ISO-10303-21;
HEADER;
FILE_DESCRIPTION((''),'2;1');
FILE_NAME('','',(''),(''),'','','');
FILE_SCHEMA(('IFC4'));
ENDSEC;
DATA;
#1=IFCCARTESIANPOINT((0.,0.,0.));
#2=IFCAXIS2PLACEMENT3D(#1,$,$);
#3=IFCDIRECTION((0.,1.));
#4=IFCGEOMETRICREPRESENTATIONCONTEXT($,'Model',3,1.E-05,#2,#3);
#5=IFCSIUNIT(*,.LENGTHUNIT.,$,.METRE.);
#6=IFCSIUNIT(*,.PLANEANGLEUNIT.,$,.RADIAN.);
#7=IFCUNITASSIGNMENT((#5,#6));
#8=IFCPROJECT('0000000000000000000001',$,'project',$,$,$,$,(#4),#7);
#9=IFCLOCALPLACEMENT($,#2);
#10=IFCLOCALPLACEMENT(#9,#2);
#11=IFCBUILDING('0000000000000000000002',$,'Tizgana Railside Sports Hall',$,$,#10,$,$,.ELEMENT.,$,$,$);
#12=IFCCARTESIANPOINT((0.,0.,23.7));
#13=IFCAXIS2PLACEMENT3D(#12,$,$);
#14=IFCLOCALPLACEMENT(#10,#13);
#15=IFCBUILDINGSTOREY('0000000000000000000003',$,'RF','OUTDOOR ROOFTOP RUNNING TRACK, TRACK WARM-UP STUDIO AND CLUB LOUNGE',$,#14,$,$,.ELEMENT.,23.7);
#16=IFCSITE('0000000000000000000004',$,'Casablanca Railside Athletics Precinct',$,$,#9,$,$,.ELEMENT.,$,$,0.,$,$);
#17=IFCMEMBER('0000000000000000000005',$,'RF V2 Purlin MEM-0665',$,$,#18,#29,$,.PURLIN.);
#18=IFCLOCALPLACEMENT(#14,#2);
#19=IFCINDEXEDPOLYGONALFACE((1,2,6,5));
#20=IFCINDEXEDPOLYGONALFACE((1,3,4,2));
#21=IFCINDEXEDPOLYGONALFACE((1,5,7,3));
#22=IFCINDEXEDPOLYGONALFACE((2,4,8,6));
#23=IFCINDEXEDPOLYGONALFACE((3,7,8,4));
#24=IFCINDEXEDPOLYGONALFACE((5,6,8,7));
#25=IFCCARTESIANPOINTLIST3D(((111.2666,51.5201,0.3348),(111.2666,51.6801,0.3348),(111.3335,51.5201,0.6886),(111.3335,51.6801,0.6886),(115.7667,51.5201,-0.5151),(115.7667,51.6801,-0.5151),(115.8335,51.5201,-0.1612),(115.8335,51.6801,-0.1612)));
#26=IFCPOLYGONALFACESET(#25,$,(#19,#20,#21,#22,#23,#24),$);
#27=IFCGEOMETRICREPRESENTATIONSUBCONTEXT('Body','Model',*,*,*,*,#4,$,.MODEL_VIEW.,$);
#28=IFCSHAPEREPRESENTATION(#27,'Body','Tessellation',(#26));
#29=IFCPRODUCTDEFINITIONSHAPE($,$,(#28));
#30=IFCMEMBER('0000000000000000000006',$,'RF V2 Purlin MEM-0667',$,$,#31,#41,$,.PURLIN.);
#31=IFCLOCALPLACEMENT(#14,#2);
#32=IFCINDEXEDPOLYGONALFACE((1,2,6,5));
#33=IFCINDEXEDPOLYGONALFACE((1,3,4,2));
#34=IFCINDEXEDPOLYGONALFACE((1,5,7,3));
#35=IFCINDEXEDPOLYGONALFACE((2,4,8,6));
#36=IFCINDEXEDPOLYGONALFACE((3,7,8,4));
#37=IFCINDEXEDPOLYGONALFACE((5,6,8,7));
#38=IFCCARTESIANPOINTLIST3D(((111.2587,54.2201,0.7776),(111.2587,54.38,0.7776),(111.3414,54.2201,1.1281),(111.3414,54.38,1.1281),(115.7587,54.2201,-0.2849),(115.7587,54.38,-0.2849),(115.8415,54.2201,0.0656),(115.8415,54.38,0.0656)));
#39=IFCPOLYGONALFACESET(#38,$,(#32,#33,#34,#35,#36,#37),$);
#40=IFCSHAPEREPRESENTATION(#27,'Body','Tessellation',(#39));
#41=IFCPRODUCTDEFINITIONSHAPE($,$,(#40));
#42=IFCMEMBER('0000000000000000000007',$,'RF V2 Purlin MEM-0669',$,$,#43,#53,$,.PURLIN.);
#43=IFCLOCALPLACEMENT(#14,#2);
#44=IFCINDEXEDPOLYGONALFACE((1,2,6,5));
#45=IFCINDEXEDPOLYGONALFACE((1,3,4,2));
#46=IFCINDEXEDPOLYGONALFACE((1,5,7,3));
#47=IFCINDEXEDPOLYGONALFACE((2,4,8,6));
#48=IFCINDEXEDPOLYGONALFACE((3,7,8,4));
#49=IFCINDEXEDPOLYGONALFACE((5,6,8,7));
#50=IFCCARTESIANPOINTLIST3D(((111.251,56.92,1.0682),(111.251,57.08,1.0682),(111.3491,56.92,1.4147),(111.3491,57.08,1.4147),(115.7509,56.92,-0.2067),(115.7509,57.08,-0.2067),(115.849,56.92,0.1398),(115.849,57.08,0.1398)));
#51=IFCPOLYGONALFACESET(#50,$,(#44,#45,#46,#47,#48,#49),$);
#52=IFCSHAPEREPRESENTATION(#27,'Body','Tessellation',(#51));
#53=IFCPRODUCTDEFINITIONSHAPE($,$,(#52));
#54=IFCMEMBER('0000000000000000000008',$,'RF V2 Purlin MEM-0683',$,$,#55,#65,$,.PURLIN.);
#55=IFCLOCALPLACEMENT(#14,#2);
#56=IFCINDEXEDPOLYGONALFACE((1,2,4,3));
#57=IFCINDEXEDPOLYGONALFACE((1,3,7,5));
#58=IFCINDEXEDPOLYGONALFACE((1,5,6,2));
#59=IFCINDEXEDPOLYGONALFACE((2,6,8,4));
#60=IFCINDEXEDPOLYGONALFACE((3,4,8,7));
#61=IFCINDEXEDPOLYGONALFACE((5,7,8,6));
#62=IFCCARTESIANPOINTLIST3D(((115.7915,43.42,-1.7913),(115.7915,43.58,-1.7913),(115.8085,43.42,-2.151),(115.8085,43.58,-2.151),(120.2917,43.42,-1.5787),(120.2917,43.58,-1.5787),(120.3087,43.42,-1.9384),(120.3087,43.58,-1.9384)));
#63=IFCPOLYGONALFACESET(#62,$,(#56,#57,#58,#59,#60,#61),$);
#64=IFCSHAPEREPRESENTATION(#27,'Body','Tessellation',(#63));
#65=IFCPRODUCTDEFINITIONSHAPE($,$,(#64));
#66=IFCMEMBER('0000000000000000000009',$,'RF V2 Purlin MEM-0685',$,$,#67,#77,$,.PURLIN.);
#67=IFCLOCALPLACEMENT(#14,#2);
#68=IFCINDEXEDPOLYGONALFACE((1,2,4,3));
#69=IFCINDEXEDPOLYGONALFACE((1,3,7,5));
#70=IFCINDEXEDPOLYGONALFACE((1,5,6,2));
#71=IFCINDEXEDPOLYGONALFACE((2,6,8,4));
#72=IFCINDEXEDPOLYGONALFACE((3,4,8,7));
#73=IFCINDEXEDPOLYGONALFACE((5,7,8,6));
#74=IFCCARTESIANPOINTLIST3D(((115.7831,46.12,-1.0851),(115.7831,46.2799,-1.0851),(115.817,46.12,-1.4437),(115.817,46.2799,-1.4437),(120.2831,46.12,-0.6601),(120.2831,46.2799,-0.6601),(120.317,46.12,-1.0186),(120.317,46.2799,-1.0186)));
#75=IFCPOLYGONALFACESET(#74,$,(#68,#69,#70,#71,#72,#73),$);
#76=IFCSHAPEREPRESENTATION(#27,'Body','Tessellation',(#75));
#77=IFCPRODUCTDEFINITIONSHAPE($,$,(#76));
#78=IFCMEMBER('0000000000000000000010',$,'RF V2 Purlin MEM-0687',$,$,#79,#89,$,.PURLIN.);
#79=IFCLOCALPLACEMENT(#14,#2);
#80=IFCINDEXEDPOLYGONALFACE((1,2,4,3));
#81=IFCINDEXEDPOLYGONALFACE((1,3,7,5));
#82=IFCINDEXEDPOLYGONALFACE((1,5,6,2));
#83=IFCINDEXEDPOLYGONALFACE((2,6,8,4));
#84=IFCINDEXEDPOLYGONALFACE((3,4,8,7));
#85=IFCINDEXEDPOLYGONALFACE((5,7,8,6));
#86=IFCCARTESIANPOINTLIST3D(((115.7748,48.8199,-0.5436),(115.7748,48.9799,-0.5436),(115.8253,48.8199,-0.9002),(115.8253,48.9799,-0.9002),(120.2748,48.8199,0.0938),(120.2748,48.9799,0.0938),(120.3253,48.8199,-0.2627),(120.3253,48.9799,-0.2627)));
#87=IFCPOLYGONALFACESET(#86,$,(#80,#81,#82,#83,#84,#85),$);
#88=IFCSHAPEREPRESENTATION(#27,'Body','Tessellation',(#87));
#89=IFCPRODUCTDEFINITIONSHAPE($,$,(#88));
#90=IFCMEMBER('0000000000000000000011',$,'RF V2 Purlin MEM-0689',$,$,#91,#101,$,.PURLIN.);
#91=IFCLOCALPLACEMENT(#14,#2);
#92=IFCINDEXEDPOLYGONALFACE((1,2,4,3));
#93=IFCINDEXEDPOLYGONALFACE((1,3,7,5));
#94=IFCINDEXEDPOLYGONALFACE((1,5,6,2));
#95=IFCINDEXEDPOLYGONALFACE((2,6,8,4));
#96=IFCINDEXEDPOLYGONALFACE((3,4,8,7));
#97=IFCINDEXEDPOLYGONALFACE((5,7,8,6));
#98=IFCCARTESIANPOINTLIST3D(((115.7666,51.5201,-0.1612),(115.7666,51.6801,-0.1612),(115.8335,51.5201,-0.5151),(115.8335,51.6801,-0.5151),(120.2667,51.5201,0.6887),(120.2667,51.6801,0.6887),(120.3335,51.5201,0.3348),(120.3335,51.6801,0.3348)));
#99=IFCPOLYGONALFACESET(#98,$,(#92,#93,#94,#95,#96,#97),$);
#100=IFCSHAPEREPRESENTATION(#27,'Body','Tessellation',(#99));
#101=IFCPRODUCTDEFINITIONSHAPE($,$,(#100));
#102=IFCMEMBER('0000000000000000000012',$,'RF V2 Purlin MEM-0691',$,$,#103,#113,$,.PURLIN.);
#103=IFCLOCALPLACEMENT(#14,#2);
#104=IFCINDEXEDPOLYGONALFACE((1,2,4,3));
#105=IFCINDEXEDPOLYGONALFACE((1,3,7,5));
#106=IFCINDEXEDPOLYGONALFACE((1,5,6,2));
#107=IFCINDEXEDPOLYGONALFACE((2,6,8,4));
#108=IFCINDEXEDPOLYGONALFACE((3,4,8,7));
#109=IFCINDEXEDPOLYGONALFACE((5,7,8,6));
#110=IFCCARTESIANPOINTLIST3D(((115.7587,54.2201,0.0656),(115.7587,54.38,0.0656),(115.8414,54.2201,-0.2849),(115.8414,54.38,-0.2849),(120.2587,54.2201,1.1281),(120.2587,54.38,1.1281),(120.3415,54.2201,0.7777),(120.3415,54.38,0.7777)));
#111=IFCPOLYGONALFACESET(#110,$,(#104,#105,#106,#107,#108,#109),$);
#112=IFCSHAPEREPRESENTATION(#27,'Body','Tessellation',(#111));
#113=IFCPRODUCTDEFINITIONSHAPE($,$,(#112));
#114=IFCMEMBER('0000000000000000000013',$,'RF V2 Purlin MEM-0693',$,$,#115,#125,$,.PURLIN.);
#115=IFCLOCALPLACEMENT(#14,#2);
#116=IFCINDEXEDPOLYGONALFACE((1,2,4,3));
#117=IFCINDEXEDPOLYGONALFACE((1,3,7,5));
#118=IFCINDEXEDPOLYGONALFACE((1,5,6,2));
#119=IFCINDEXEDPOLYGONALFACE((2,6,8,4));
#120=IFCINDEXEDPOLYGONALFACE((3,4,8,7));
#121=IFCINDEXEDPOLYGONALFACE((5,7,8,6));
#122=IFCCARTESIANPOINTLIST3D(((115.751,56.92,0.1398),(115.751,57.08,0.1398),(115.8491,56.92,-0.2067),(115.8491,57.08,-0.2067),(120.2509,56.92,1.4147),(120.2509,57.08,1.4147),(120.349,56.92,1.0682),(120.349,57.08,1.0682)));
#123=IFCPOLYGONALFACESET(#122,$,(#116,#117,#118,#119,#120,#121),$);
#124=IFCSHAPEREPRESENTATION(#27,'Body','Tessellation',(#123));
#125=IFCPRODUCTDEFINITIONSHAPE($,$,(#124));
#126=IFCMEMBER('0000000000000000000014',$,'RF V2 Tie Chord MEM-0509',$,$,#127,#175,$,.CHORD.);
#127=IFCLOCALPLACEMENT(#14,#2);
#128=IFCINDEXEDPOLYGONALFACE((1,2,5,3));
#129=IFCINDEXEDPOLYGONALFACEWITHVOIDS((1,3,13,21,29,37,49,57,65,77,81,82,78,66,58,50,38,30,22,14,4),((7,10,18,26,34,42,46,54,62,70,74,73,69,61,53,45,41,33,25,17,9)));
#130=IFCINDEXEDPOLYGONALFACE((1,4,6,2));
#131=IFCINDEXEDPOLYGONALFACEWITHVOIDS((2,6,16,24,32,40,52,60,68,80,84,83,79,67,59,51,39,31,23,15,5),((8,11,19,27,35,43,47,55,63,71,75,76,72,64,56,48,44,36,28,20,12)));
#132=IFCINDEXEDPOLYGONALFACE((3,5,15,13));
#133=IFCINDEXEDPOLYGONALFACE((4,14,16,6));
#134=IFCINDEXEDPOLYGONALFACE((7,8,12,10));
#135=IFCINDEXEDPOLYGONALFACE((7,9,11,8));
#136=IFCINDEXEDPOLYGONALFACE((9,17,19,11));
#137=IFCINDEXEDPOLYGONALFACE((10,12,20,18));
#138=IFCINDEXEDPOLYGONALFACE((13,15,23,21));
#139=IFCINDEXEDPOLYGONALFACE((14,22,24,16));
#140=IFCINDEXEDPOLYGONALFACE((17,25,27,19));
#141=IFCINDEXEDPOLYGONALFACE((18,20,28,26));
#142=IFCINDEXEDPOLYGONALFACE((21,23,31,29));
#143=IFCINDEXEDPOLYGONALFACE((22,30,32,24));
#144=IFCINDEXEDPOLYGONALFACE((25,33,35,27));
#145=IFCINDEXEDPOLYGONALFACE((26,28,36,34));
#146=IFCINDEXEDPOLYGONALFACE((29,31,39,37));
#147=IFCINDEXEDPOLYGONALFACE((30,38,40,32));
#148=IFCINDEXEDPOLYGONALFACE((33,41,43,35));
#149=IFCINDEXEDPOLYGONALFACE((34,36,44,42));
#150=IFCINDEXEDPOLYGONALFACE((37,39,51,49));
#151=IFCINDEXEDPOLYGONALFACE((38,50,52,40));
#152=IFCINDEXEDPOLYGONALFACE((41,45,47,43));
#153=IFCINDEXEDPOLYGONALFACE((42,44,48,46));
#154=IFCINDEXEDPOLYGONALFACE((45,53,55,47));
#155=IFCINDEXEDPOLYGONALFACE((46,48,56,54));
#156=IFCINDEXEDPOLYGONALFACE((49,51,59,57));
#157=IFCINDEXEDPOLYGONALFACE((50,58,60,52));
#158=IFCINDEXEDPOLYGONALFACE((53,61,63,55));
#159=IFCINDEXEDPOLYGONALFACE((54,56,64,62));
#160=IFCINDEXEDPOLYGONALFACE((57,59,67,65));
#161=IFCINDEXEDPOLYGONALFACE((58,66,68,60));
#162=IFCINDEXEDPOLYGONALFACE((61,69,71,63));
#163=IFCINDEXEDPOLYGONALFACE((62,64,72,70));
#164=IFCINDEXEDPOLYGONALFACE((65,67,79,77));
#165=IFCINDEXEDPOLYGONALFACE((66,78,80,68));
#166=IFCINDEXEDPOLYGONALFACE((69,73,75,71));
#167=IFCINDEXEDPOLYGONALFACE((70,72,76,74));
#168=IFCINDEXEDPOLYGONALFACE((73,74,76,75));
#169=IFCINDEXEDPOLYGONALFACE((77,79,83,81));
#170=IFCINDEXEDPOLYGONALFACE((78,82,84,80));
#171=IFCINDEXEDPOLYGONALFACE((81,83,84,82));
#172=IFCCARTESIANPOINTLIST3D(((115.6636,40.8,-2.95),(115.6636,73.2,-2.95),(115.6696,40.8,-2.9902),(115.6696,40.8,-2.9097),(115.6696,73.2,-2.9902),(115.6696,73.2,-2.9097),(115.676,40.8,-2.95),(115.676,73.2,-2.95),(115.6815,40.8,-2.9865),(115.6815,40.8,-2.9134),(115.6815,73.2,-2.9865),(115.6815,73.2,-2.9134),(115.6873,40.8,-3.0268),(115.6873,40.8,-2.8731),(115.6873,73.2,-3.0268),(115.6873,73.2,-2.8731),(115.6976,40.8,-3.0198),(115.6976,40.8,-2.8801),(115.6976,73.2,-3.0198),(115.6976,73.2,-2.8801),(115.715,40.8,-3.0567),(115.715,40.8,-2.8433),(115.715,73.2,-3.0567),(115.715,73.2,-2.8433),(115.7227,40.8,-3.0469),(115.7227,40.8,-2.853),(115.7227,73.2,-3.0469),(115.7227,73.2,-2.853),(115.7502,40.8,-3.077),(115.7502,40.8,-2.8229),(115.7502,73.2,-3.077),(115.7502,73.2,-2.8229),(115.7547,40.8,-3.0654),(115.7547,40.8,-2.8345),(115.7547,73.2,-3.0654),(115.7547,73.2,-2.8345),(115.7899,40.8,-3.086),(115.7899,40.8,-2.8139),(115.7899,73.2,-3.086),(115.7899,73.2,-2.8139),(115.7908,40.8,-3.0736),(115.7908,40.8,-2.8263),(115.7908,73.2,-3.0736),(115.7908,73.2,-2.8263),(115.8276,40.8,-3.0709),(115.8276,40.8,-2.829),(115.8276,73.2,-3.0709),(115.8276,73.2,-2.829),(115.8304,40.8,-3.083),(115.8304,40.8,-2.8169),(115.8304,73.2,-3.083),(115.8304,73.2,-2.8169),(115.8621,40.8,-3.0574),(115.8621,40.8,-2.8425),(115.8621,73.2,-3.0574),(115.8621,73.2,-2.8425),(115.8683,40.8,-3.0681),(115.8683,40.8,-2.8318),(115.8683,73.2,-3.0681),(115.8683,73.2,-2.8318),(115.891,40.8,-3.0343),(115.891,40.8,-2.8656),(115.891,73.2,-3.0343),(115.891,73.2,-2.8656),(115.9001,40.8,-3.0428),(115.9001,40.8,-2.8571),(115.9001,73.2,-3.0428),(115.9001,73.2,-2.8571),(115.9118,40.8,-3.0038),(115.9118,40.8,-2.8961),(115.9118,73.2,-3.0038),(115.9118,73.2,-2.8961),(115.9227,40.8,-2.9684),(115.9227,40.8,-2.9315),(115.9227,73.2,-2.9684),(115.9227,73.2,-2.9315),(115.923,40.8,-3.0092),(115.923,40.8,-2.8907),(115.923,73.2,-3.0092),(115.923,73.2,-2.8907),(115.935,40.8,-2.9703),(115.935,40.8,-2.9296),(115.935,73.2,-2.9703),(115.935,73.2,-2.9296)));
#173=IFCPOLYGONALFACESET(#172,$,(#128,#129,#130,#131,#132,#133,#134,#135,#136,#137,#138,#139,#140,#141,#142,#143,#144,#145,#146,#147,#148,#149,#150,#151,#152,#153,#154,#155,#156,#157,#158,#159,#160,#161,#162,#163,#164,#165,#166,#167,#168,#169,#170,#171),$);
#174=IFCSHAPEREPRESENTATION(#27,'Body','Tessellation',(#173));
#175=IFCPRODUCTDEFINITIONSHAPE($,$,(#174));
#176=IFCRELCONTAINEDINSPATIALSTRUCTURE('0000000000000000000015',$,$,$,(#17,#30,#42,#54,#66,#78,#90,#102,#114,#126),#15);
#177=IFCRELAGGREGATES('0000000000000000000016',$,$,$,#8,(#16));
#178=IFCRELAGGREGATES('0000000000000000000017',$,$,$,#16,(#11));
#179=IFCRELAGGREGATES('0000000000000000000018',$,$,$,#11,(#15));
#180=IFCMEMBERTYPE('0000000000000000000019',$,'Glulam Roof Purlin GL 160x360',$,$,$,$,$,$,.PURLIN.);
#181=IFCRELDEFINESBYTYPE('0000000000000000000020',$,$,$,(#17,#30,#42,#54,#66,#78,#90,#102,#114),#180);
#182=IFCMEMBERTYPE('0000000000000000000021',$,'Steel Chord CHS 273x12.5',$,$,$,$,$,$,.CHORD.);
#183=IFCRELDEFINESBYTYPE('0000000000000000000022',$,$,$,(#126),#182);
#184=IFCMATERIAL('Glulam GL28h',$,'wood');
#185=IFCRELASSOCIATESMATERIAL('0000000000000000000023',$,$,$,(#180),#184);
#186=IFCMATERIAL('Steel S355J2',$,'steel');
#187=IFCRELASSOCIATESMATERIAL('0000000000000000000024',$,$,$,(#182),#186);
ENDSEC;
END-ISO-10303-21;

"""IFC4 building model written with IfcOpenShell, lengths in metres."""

from ifc_helpers import new_model, si_unit, direction, frame, origin, origin_2d, place, context, subcontext, project, spatial, rectangle, hollow_circle, extrude, material, material_profile, profile_set, type_object, element, save


model = new_model("IFC4")

# Units and contexts
model_context = context("Model", 3, precision=1e-05, world=origin(), true_north=direction((0.0, 1.0)))
body_context = subcontext(model_context, "Body", "Model", "MODEL_VIEW")
ifc_project = project(units=[si_unit("LENGTHUNIT", "METRE"), si_unit("PLANEANGLEUNIT", "RADIAN")], contexts=[model_context])

# Site, building, storey
site_placement = place(None, origin())
site = spatial("IfcSite", under=ifc_project, at=site_placement, Name="Casablanca Railside Athletics Precinct", CompositionType="ELEMENT", RefElevation=0.0)
building_placement = place(site_placement, origin())
building = spatial("IfcBuilding", under=site, at=building_placement, Name="Tizgana Railside Sports Hall", CompositionType="ELEMENT")
storey_placement = place(building_placement, frame((0.0, 0.0, 23.7)))
storey = spatial("IfcBuildingStorey", under=building, at=storey_placement, Name="RF", Description="OUTDOOR ROOFTOP RUNNING TRACK, TRACK WARM-UP STUDIO AND CLUB LOUNGE", CompositionType="ELEMENT", Elevation=23.7)

# Members
ifc_material_1 = material(Name="Glulam GL28h", Category="wood")
ifc_material_profile_1 = material_profile(ifc_material_1, rectangle(XDim=0.1599, YDim=0.3601, at=origin_2d()), Name="GL 160x360")
ifc_profile_set_1 = profile_set([ifc_material_profile_1], Name="Glulam GL28h")
member_type_1 = type_object("IfcMemberType", Name="Glulam Roof Purlin GL 160x360", PredefinedType="PURLIN", material=ifc_profile_set_1)
member_1_placement = place(storey_placement, frame((111.3, 51.6001, 0.5117), z_axis=(0.98263, 0.0, -0.185576), x_axis=(0.0, 1.0, 0.0)))
element("IfcMember", 1, at=member_1_placement, inside=storey, type_object=member_type_1, Name="RF V2 Purlin MEM-0665", PredefinedType="PURLIN", context=body_context, shape_type="SweptSolid", body=[
    extrude(rectangle(XDim=0.1599, YDim=0.3601, at=origin_2d()), origin(), (0.0, 0.0, 1.0), 4.5796),
])
member_2_placement = place(storey_placement, frame((111.3, 54.3, 0.9529), z_axis=(0.97324, 0.0, -0.229793), x_axis=(0.0, 1.0, 0.0)))
element("IfcMember", 2, at=member_2_placement, inside=storey, type_object=member_type_1, Name="RF V2 Purlin MEM-0667", PredefinedType="PURLIN", context=body_context, shape_type="SweptSolid", body=[
    extrude(rectangle(XDim=0.1599, YDim=0.3601, at=origin_2d()), origin(), (0.0, 0.0, 1.0), 4.6238),
])
member_3_placement = place(storey_placement, frame((111.3, 57.0, 1.2415), z_axis=(0.962132, 0.0, -0.272583), x_axis=(0.0, 1.0, 0.0)))
element("IfcMember", 3, at=member_3_placement, inside=storey, type_object=member_type_1, Name="RF V2 Purlin MEM-0669", PredefinedType="PURLIN", context=body_context, shape_type="SweptSolid", body=[
    extrude(rectangle(XDim=0.1599, YDim=0.3601, at=origin_2d()), origin(), (0.0, 0.0, 1.0), 4.677),
])
member_4_placement = place(storey_placement, frame((115.8, 43.5, -1.9712), z_axis=(0.998885, 0.0, 0.047202), x_axis=(0.0, 1.0, 0.0)))
element("IfcMember", 4, at=member_4_placement, inside=storey, type_object=member_type_1, Name="RF V2 Purlin MEM-0683", PredefinedType="PURLIN", context=body_context, shape_type="SweptSolid", body=[
    extrude(rectangle(XDim=0.1599, YDim=0.3601, at=origin_2d()), origin(), (0.0, 0.0, 1.0), 4.5051),
])
member_5_placement = place(storey_placement, frame((115.8, 46.2, -1.2644), z_axis=(0.995569, 0.0, 0.094037), x_axis=(0.0, 1.0, 0.0)))
element("IfcMember", 5, at=member_5_placement, inside=storey, type_object=member_type_1, Name="RF V2 Purlin MEM-0685", PredefinedType="PURLIN", context=body_context, shape_type="SweptSolid", body=[
    extrude(rectangle(XDim=0.1599, YDim=0.3601, at=origin_2d()), origin(), (0.0, 0.0, 1.0), 4.52),
])
member_6_placement = place(storey_placement, frame((115.8, 48.8999, -0.7219), z_axis=(0.990115, 0.0, 0.140256), x_axis=(0.0, 1.0, 0.0)))
element("IfcMember", 6, at=member_6_placement, inside=storey, type_object=member_type_1, Name="RF V2 Purlin MEM-0687", PredefinedType="PURLIN", context=body_context, shape_type="SweptSolid", body=[
    extrude(rectangle(XDim=0.1599, YDim=0.3601, at=origin_2d()), origin(), (0.0, 0.0, 1.0), 4.5449),
])
member_7_placement = place(storey_placement, frame((115.8, 51.6001, -0.3381), z_axis=(0.98263, 0.0, 0.185576), x_axis=(0.0, 1.0, 0.0)))
element("IfcMember", 7, at=member_7_placement, inside=storey, type_object=member_type_1, Name="RF V2 Purlin MEM-0689", PredefinedType="PURLIN", context=body_context, shape_type="SweptSolid", body=[
    extrude(rectangle(XDim=0.1599, YDim=0.3601, at=origin_2d()), origin(), (0.0, 0.0, 1.0), 4.5796),
])
member_8_placement = place(storey_placement, frame((115.8, 54.3, -0.1096), z_axis=(0.97324, 0.0, 0.229793), x_axis=(0.0, 1.0, 0.0)))
element("IfcMember", 8, at=member_8_placement, inside=storey, type_object=member_type_1, Name="RF V2 Purlin MEM-0691", PredefinedType="PURLIN", context=body_context, shape_type="SweptSolid", body=[
    extrude(rectangle(XDim=0.1599, YDim=0.3601, at=origin_2d()), origin(), (0.0, 0.0, 1.0), 4.6238),
])
member_9_placement = place(storey_placement, frame((115.8, 57.0, -0.0334), z_axis=(0.962132, 0.0, 0.272583), x_axis=(0.0, 1.0, 0.0)))
element("IfcMember", 9, at=member_9_placement, inside=storey, type_object=member_type_1, Name="RF V2 Purlin MEM-0693", PredefinedType="PURLIN", context=body_context, shape_type="SweptSolid", body=[
    extrude(rectangle(XDim=0.1599, YDim=0.3601, at=origin_2d()), origin(), (0.0, 0.0, 1.0), 4.677),
])
ifc_material_2 = material(Name="Steel S355J2", Category="steel")
ifc_material_profile_2 = material_profile(ifc_material_2, hollow_circle(Radius=0.1365, WallThickness=0.0125, at=origin_2d()), Name="CHS 273x12.5")
ifc_profile_set_2 = profile_set([ifc_material_profile_2], Name="Steel S355J2")
member_type_2 = type_object("IfcMemberType", Name="Steel Chord CHS 273x12.5", PredefinedType="CHORD", material=ifc_profile_set_2)
for number, where, z_axis, x_axis, name in (
    (10, (115.8, 40.8, -2.95), (0.0, 1.0, 0.0), (-1.0, 0.0, 0.0), "RF V2 Tie Chord MEM-0509"),
):
    element("IfcMember", number, at=place(storey_placement, frame(where, z_axis=z_axis, x_axis=x_axis)), inside=storey, type_object=member_type_2, Name=name, PredefinedType="CHORD", context=body_context, shape_type="SweptSolid", body=[
        extrude(hollow_circle(Radius=0.1365, WallThickness=0.0125, at=origin_2d()), origin(), (0.0, 0.0, 1.0), 32.3999),
    ])

save(model, "model.ifc")
